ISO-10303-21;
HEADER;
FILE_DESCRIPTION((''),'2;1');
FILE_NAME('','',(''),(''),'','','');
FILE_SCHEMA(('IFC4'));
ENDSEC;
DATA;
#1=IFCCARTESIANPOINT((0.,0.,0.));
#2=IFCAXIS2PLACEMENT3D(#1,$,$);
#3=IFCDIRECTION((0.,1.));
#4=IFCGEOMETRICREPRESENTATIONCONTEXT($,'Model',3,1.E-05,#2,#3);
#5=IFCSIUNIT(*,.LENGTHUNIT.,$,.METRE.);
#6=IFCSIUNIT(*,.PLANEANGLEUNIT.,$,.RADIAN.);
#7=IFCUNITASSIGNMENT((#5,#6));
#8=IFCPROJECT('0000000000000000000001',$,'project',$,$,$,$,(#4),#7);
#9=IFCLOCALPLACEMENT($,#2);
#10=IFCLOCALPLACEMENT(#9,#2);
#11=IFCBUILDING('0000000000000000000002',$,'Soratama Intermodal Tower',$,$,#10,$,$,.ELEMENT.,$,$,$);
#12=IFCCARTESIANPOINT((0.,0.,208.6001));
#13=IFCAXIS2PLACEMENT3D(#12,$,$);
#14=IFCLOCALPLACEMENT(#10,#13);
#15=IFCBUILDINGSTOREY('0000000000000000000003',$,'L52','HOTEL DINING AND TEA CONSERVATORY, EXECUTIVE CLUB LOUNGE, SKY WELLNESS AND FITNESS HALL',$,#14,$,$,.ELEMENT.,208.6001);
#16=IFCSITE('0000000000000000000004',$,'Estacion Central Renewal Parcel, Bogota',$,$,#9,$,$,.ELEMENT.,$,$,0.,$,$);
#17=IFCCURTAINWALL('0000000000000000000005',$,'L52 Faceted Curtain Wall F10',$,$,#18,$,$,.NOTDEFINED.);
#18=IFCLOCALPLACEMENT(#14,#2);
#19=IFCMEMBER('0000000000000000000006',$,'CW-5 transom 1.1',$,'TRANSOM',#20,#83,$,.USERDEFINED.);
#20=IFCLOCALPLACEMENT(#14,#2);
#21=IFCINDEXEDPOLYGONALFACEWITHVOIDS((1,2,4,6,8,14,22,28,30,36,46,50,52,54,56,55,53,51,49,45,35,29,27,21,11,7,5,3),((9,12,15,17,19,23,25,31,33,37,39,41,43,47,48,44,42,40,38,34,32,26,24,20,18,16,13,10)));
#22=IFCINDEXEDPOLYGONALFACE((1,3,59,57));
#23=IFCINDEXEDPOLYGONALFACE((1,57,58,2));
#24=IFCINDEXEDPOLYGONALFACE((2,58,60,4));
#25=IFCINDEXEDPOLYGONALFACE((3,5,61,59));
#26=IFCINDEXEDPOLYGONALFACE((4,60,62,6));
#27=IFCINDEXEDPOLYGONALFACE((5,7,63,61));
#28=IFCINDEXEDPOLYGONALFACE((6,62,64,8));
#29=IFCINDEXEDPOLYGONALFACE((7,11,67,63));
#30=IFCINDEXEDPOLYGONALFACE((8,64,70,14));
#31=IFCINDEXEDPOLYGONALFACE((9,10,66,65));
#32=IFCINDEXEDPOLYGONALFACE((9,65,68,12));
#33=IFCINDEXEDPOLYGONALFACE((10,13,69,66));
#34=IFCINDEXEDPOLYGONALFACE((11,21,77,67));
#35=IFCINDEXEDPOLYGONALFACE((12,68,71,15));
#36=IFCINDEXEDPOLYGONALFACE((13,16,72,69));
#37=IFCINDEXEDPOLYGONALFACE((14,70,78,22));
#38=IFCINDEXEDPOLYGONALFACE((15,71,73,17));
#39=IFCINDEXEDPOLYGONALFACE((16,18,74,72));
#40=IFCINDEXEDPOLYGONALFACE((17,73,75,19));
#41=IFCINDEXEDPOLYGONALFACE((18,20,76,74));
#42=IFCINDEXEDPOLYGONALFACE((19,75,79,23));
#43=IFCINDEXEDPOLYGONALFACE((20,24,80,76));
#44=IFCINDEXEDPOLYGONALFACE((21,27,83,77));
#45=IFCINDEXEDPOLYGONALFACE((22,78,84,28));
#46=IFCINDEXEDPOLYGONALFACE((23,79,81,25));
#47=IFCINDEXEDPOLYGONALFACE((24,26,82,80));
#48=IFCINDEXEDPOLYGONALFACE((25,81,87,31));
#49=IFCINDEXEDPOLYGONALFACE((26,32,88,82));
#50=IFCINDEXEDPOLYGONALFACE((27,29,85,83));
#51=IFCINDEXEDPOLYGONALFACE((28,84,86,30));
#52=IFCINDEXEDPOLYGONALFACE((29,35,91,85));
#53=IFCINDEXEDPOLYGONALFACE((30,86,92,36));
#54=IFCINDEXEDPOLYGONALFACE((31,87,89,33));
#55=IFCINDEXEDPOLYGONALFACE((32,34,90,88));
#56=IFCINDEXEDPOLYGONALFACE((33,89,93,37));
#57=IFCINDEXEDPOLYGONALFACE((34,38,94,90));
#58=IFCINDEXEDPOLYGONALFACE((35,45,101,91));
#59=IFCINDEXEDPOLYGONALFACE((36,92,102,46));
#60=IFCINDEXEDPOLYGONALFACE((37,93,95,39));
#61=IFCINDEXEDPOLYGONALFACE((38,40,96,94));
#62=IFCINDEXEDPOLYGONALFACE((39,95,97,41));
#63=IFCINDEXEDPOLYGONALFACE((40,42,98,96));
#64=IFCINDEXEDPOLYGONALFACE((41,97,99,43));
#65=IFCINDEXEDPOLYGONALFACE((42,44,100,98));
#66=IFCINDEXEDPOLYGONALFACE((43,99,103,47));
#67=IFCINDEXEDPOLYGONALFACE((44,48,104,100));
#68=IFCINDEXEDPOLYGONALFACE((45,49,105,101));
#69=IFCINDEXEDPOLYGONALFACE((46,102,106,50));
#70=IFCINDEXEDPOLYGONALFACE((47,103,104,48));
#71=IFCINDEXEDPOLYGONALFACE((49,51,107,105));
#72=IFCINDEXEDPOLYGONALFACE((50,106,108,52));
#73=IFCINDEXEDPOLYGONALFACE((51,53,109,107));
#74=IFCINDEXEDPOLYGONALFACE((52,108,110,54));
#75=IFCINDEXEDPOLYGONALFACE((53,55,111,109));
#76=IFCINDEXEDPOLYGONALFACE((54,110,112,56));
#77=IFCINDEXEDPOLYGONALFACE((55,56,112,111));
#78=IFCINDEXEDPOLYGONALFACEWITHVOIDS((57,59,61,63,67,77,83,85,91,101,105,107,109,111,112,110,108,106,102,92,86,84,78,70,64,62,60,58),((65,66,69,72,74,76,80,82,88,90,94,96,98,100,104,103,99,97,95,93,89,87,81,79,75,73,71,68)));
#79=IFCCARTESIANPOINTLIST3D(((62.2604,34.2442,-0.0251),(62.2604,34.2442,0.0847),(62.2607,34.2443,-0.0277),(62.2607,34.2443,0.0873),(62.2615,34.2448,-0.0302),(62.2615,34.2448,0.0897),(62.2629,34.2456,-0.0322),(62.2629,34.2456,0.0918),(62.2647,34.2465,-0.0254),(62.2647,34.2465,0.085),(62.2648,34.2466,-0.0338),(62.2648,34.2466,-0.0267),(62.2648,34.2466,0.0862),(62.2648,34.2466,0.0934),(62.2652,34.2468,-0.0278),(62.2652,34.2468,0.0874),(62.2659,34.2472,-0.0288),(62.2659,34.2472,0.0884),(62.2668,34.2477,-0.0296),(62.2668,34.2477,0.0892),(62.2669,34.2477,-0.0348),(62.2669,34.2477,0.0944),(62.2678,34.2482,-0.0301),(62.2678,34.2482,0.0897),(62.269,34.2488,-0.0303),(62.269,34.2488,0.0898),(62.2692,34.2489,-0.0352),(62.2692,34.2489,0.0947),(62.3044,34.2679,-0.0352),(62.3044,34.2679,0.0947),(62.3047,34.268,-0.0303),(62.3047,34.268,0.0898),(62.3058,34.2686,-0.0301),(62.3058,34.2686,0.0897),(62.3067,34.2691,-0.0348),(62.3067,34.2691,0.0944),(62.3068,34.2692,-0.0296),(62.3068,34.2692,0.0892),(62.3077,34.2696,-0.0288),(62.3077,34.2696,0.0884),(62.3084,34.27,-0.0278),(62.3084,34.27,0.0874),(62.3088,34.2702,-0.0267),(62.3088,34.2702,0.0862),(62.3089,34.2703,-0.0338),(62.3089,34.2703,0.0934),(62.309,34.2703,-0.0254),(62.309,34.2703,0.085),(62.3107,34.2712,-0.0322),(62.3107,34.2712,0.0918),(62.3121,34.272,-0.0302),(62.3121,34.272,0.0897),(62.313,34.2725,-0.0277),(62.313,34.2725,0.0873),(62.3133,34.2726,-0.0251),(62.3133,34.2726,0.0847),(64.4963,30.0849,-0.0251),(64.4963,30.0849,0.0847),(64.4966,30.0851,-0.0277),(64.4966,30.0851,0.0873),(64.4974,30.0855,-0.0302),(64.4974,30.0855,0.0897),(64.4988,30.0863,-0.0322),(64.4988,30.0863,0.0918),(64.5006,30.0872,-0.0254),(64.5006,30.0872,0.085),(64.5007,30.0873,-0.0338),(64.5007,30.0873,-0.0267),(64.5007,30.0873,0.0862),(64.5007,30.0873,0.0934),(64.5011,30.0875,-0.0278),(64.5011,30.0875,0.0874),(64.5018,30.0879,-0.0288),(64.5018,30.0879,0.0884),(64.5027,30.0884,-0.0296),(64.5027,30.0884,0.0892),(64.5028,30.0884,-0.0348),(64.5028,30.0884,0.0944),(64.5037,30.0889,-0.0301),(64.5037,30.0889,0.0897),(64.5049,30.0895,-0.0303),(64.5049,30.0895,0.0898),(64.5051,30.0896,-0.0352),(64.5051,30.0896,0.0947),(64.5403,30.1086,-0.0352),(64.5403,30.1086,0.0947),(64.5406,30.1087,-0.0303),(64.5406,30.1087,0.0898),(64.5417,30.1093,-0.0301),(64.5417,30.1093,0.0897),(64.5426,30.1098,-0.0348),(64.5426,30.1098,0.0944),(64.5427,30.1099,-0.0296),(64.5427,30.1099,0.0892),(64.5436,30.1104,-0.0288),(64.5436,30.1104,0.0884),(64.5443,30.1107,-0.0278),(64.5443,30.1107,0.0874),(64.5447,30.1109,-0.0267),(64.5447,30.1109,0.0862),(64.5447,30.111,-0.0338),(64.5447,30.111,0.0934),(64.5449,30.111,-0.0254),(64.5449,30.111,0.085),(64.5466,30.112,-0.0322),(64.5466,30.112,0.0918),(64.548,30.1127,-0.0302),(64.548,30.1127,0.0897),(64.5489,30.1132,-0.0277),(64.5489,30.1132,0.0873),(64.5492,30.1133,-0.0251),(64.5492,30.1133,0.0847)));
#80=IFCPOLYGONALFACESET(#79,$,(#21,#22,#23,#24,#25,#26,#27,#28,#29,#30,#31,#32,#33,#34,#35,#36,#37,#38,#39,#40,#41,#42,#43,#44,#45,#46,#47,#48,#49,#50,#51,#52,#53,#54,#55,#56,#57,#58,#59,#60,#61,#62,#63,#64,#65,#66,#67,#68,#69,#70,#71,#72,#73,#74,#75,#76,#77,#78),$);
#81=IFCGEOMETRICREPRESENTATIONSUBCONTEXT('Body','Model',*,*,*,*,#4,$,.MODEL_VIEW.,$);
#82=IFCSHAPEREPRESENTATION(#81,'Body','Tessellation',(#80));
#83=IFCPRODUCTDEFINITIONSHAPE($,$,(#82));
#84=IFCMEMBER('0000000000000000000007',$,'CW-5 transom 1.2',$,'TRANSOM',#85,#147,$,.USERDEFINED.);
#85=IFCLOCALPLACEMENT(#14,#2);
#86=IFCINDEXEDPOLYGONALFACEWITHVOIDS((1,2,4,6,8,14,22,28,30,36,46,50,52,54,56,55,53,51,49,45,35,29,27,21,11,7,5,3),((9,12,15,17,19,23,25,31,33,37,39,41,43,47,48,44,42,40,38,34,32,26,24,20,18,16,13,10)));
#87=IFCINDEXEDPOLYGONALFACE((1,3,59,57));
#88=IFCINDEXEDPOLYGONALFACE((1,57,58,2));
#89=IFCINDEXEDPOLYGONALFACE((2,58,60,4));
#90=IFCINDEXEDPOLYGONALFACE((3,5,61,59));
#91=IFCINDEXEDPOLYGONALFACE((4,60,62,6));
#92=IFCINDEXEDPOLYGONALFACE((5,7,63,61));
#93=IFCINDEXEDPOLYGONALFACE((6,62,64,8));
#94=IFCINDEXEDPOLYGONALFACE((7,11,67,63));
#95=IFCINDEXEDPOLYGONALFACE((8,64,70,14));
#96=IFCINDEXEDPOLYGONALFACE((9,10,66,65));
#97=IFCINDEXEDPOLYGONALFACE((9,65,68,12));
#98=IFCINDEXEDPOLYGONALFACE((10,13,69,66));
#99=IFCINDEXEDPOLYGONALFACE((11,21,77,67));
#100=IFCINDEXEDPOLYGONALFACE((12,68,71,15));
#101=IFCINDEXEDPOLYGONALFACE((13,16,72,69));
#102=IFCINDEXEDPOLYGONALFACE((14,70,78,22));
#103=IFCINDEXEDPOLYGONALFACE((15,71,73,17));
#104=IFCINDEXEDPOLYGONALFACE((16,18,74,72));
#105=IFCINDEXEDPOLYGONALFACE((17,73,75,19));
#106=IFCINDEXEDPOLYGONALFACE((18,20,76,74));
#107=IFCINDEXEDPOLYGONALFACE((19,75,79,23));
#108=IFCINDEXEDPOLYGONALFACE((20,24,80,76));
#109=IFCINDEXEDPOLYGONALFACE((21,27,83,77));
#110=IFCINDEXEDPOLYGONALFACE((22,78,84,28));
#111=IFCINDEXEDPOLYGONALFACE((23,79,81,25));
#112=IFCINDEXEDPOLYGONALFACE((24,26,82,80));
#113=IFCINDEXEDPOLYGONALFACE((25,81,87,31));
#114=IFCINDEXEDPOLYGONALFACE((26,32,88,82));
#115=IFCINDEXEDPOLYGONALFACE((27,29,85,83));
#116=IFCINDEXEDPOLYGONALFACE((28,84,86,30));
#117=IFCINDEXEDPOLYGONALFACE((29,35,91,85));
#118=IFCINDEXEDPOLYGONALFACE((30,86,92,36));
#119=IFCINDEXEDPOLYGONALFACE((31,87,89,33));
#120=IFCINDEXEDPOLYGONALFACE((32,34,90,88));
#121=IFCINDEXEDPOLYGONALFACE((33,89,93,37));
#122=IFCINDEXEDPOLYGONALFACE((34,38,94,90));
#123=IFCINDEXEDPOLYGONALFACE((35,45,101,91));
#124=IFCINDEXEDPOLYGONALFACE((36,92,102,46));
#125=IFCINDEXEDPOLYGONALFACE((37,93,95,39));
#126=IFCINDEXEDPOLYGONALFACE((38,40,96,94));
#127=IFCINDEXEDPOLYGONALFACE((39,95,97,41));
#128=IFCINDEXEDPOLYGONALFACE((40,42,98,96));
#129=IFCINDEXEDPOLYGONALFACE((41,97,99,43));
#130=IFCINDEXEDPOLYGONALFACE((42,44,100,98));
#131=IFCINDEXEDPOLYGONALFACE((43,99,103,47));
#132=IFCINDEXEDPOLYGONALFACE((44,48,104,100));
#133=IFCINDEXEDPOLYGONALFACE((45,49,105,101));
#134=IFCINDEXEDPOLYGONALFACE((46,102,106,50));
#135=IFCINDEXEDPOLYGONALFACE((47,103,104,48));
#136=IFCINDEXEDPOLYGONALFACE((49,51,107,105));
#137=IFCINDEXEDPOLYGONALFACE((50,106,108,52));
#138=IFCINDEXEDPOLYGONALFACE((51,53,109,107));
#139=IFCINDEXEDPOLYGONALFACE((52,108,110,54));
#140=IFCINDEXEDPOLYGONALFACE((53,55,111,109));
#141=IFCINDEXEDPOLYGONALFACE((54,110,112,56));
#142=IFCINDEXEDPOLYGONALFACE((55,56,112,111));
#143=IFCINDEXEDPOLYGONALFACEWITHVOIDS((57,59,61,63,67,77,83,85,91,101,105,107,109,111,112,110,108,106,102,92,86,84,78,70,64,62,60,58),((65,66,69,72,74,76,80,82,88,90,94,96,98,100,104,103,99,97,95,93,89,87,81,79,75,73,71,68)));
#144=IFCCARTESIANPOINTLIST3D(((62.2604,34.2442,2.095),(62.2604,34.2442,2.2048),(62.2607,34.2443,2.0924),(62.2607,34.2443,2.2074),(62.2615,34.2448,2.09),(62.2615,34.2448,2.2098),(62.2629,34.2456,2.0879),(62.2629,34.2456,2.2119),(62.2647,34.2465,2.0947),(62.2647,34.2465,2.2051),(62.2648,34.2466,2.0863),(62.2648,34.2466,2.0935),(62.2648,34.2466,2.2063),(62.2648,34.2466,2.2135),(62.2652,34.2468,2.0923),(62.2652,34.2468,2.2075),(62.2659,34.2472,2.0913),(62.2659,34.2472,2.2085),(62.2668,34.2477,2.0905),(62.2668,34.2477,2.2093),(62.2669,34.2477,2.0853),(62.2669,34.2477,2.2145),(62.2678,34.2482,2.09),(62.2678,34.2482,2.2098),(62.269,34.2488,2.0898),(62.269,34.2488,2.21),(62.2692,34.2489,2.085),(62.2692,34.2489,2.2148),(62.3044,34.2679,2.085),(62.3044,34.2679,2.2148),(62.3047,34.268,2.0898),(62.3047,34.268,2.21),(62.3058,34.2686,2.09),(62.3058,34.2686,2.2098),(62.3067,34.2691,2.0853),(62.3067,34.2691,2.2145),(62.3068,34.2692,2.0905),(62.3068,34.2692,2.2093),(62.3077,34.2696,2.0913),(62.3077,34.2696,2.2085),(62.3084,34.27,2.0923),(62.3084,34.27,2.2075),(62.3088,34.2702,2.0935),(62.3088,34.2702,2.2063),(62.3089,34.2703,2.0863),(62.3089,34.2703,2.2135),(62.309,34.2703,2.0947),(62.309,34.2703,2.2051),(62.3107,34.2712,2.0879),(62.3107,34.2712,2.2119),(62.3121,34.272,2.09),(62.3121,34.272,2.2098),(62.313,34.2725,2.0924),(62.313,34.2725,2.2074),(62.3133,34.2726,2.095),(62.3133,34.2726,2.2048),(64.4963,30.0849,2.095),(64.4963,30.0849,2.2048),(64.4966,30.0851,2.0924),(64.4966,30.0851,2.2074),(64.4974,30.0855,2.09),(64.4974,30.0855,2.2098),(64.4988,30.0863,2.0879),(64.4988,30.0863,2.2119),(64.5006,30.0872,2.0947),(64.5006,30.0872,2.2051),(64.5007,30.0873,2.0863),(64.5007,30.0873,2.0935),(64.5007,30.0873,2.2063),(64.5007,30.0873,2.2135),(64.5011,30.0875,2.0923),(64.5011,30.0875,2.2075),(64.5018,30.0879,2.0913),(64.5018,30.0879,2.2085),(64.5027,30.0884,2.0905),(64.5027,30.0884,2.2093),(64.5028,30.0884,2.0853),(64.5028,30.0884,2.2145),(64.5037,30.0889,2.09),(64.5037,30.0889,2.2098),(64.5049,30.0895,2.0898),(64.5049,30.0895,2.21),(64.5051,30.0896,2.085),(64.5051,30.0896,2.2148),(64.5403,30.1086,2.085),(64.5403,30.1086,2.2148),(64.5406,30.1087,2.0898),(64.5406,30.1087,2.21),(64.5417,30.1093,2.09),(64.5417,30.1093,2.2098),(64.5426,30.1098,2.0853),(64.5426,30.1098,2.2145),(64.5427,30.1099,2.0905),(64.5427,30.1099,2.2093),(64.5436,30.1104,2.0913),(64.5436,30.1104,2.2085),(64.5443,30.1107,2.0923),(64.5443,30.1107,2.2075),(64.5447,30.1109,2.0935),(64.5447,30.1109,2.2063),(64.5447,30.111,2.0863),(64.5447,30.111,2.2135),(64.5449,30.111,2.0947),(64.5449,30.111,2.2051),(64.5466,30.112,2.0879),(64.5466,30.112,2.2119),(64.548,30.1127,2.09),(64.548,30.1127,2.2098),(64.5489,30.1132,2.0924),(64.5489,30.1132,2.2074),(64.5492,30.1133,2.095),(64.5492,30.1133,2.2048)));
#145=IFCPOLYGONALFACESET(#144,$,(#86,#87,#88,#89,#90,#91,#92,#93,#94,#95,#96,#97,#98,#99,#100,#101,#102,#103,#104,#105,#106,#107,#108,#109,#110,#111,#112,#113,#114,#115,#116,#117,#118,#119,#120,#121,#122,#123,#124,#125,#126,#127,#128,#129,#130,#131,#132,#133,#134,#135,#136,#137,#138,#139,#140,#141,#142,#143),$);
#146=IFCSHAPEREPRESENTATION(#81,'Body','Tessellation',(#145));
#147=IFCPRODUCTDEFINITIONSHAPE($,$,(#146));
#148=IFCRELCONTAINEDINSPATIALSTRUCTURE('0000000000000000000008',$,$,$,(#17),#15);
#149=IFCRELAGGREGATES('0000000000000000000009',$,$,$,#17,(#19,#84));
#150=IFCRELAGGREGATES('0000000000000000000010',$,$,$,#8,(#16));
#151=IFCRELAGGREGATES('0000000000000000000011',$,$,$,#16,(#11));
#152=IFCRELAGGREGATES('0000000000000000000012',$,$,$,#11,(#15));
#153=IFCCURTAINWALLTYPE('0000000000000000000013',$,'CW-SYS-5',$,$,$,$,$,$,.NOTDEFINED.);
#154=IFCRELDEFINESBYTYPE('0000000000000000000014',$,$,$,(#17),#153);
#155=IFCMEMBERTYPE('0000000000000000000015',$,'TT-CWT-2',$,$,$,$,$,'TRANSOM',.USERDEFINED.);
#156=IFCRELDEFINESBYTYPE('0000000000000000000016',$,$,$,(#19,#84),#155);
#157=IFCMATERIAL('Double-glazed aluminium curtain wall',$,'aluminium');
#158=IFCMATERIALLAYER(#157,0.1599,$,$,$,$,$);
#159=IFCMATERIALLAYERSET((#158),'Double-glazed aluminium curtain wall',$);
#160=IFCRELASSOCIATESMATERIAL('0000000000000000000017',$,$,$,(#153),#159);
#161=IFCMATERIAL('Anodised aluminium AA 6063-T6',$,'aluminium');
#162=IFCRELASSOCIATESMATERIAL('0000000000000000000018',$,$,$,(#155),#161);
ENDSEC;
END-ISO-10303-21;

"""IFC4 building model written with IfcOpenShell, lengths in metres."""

from ifc_helpers import new_model, si_unit, direction, frame, origin, origin_2d, place, context, subcontext, project, spatial, hollow_rectangle, extrude, material, layer, layer_set, material_profile, profile_set, type_object, element, aggregate, save


model = new_model("IFC4")

# Units and contexts
model_context = context("Model", 3, precision=1e-05, world=origin(), true_north=direction((0.0, 1.0)))
body_context = subcontext(model_context, "Body", "Model", "MODEL_VIEW")
ifc_project = project(units=[si_unit("LENGTHUNIT", "METRE"), si_unit("PLANEANGLEUNIT", "RADIAN")], contexts=[model_context])

# Site, building, storey
site_placement = place(None, origin())
site = spatial("IfcSite", under=ifc_project, at=site_placement, Name="Estacion Central Renewal Parcel, Bogota", CompositionType="ELEMENT", RefElevation=0.0)
building_placement = place(site_placement, origin())
building = spatial("IfcBuilding", under=site, at=building_placement, Name="Soratama Intermodal Tower", CompositionType="ELEMENT")
storey_placement = place(building_placement, frame((0.0, 0.0, 208.6001)))
storey = spatial("IfcBuildingStorey", under=building, at=storey_placement, Name="L52", Description="HOTEL DINING AND TEA CONSERVATORY, EXECUTIVE CLUB LOUNGE, SKY WELLNESS AND FITNESS HALL", CompositionType="ELEMENT", Elevation=208.6001)

# Curtain wall, members
ifc_material_1 = material(Name="Double-glazed aluminium curtain wall", Category="aluminium")
ifc_layer_1 = layer(ifc_material_1, 0.1599)
ifc_layer_set_1 = layer_set([ifc_layer_1], Name="Double-glazed aluminium curtain wall")
curtain_wall_type = type_object("IfcCurtainWallType", Name="CW-SYS-5", PredefinedType="NOTDEFINED", material=ifc_layer_set_1)
curtain_wall_placement = place(storey_placement, origin())
curtain_wall = element("IfcCurtainWall", 1, at=curtain_wall_placement, inside=storey, type_object=curtain_wall_type, Name="L52 Faceted Curtain Wall F10", PredefinedType="NOTDEFINED")
ifc_material_2 = material(Name="Anodised aluminium AA 6063-T6", Category="aluminium")
ifc_material_profile_1 = material_profile(ifc_material_2, hollow_rectangle(XDim=0.0601, YDim=0.1299, WallThickness=0.0049, InnerFilletRadius=0.0049, OuterFilletRadius=0.01, at=origin_2d()), Name="CWT130X60X5")
ifc_profile_set_1 = profile_set([ifc_material_profile_1], Name="Anodised aluminium AA 6063-T6")
member_type_1 = type_object("IfcMemberType", Name="TT-CWT-2", ElementType="TRANSOM", PredefinedType="USERDEFINED", material=ifc_profile_set_1)
member_1_placement = place(storey_placement, frame((64.5227, 30.0991, 0.0298), z_axis=(-0.473489, 0.8808, 0.0), x_axis=(-0.8808, -0.473489, 0.0)))
member_1 = element("IfcMember", 2, at=member_1_placement, type_object=member_type_1, Name="CW-5 transom 1.1", ObjectType="TRANSOM", PredefinedType="USERDEFINED", context=body_context, shape_type="SweptSolid", body=[
    extrude(hollow_rectangle(XDim=0.0601, YDim=0.1299, WallThickness=0.0049, InnerFilletRadius=0.0049, OuterFilletRadius=0.01, at=origin_2d()), origin(), (0.0, 0.0, 1.0), 4.7222),
])
member_2_placement = place(storey_placement, frame((64.5227, 30.0991, 2.1499), z_axis=(-0.473489, 0.8808, 0.0), x_axis=(-0.8808, -0.473489, 0.0)))
member_2 = element("IfcMember", 3, at=member_2_placement, type_object=member_type_1, Name="CW-5 transom 1.2", ObjectType="TRANSOM", PredefinedType="USERDEFINED", context=body_context, shape_type="SweptSolid", body=[
    extrude(hollow_rectangle(XDim=0.0601, YDim=0.1299, WallThickness=0.0049, InnerFilletRadius=0.0049, OuterFilletRadius=0.01, at=origin_2d()), origin(), (0.0, 0.0, 1.0), 4.7222),
])
aggregate(curtain_wall, [member_1, member_2])

save(model, "model.ifc")
